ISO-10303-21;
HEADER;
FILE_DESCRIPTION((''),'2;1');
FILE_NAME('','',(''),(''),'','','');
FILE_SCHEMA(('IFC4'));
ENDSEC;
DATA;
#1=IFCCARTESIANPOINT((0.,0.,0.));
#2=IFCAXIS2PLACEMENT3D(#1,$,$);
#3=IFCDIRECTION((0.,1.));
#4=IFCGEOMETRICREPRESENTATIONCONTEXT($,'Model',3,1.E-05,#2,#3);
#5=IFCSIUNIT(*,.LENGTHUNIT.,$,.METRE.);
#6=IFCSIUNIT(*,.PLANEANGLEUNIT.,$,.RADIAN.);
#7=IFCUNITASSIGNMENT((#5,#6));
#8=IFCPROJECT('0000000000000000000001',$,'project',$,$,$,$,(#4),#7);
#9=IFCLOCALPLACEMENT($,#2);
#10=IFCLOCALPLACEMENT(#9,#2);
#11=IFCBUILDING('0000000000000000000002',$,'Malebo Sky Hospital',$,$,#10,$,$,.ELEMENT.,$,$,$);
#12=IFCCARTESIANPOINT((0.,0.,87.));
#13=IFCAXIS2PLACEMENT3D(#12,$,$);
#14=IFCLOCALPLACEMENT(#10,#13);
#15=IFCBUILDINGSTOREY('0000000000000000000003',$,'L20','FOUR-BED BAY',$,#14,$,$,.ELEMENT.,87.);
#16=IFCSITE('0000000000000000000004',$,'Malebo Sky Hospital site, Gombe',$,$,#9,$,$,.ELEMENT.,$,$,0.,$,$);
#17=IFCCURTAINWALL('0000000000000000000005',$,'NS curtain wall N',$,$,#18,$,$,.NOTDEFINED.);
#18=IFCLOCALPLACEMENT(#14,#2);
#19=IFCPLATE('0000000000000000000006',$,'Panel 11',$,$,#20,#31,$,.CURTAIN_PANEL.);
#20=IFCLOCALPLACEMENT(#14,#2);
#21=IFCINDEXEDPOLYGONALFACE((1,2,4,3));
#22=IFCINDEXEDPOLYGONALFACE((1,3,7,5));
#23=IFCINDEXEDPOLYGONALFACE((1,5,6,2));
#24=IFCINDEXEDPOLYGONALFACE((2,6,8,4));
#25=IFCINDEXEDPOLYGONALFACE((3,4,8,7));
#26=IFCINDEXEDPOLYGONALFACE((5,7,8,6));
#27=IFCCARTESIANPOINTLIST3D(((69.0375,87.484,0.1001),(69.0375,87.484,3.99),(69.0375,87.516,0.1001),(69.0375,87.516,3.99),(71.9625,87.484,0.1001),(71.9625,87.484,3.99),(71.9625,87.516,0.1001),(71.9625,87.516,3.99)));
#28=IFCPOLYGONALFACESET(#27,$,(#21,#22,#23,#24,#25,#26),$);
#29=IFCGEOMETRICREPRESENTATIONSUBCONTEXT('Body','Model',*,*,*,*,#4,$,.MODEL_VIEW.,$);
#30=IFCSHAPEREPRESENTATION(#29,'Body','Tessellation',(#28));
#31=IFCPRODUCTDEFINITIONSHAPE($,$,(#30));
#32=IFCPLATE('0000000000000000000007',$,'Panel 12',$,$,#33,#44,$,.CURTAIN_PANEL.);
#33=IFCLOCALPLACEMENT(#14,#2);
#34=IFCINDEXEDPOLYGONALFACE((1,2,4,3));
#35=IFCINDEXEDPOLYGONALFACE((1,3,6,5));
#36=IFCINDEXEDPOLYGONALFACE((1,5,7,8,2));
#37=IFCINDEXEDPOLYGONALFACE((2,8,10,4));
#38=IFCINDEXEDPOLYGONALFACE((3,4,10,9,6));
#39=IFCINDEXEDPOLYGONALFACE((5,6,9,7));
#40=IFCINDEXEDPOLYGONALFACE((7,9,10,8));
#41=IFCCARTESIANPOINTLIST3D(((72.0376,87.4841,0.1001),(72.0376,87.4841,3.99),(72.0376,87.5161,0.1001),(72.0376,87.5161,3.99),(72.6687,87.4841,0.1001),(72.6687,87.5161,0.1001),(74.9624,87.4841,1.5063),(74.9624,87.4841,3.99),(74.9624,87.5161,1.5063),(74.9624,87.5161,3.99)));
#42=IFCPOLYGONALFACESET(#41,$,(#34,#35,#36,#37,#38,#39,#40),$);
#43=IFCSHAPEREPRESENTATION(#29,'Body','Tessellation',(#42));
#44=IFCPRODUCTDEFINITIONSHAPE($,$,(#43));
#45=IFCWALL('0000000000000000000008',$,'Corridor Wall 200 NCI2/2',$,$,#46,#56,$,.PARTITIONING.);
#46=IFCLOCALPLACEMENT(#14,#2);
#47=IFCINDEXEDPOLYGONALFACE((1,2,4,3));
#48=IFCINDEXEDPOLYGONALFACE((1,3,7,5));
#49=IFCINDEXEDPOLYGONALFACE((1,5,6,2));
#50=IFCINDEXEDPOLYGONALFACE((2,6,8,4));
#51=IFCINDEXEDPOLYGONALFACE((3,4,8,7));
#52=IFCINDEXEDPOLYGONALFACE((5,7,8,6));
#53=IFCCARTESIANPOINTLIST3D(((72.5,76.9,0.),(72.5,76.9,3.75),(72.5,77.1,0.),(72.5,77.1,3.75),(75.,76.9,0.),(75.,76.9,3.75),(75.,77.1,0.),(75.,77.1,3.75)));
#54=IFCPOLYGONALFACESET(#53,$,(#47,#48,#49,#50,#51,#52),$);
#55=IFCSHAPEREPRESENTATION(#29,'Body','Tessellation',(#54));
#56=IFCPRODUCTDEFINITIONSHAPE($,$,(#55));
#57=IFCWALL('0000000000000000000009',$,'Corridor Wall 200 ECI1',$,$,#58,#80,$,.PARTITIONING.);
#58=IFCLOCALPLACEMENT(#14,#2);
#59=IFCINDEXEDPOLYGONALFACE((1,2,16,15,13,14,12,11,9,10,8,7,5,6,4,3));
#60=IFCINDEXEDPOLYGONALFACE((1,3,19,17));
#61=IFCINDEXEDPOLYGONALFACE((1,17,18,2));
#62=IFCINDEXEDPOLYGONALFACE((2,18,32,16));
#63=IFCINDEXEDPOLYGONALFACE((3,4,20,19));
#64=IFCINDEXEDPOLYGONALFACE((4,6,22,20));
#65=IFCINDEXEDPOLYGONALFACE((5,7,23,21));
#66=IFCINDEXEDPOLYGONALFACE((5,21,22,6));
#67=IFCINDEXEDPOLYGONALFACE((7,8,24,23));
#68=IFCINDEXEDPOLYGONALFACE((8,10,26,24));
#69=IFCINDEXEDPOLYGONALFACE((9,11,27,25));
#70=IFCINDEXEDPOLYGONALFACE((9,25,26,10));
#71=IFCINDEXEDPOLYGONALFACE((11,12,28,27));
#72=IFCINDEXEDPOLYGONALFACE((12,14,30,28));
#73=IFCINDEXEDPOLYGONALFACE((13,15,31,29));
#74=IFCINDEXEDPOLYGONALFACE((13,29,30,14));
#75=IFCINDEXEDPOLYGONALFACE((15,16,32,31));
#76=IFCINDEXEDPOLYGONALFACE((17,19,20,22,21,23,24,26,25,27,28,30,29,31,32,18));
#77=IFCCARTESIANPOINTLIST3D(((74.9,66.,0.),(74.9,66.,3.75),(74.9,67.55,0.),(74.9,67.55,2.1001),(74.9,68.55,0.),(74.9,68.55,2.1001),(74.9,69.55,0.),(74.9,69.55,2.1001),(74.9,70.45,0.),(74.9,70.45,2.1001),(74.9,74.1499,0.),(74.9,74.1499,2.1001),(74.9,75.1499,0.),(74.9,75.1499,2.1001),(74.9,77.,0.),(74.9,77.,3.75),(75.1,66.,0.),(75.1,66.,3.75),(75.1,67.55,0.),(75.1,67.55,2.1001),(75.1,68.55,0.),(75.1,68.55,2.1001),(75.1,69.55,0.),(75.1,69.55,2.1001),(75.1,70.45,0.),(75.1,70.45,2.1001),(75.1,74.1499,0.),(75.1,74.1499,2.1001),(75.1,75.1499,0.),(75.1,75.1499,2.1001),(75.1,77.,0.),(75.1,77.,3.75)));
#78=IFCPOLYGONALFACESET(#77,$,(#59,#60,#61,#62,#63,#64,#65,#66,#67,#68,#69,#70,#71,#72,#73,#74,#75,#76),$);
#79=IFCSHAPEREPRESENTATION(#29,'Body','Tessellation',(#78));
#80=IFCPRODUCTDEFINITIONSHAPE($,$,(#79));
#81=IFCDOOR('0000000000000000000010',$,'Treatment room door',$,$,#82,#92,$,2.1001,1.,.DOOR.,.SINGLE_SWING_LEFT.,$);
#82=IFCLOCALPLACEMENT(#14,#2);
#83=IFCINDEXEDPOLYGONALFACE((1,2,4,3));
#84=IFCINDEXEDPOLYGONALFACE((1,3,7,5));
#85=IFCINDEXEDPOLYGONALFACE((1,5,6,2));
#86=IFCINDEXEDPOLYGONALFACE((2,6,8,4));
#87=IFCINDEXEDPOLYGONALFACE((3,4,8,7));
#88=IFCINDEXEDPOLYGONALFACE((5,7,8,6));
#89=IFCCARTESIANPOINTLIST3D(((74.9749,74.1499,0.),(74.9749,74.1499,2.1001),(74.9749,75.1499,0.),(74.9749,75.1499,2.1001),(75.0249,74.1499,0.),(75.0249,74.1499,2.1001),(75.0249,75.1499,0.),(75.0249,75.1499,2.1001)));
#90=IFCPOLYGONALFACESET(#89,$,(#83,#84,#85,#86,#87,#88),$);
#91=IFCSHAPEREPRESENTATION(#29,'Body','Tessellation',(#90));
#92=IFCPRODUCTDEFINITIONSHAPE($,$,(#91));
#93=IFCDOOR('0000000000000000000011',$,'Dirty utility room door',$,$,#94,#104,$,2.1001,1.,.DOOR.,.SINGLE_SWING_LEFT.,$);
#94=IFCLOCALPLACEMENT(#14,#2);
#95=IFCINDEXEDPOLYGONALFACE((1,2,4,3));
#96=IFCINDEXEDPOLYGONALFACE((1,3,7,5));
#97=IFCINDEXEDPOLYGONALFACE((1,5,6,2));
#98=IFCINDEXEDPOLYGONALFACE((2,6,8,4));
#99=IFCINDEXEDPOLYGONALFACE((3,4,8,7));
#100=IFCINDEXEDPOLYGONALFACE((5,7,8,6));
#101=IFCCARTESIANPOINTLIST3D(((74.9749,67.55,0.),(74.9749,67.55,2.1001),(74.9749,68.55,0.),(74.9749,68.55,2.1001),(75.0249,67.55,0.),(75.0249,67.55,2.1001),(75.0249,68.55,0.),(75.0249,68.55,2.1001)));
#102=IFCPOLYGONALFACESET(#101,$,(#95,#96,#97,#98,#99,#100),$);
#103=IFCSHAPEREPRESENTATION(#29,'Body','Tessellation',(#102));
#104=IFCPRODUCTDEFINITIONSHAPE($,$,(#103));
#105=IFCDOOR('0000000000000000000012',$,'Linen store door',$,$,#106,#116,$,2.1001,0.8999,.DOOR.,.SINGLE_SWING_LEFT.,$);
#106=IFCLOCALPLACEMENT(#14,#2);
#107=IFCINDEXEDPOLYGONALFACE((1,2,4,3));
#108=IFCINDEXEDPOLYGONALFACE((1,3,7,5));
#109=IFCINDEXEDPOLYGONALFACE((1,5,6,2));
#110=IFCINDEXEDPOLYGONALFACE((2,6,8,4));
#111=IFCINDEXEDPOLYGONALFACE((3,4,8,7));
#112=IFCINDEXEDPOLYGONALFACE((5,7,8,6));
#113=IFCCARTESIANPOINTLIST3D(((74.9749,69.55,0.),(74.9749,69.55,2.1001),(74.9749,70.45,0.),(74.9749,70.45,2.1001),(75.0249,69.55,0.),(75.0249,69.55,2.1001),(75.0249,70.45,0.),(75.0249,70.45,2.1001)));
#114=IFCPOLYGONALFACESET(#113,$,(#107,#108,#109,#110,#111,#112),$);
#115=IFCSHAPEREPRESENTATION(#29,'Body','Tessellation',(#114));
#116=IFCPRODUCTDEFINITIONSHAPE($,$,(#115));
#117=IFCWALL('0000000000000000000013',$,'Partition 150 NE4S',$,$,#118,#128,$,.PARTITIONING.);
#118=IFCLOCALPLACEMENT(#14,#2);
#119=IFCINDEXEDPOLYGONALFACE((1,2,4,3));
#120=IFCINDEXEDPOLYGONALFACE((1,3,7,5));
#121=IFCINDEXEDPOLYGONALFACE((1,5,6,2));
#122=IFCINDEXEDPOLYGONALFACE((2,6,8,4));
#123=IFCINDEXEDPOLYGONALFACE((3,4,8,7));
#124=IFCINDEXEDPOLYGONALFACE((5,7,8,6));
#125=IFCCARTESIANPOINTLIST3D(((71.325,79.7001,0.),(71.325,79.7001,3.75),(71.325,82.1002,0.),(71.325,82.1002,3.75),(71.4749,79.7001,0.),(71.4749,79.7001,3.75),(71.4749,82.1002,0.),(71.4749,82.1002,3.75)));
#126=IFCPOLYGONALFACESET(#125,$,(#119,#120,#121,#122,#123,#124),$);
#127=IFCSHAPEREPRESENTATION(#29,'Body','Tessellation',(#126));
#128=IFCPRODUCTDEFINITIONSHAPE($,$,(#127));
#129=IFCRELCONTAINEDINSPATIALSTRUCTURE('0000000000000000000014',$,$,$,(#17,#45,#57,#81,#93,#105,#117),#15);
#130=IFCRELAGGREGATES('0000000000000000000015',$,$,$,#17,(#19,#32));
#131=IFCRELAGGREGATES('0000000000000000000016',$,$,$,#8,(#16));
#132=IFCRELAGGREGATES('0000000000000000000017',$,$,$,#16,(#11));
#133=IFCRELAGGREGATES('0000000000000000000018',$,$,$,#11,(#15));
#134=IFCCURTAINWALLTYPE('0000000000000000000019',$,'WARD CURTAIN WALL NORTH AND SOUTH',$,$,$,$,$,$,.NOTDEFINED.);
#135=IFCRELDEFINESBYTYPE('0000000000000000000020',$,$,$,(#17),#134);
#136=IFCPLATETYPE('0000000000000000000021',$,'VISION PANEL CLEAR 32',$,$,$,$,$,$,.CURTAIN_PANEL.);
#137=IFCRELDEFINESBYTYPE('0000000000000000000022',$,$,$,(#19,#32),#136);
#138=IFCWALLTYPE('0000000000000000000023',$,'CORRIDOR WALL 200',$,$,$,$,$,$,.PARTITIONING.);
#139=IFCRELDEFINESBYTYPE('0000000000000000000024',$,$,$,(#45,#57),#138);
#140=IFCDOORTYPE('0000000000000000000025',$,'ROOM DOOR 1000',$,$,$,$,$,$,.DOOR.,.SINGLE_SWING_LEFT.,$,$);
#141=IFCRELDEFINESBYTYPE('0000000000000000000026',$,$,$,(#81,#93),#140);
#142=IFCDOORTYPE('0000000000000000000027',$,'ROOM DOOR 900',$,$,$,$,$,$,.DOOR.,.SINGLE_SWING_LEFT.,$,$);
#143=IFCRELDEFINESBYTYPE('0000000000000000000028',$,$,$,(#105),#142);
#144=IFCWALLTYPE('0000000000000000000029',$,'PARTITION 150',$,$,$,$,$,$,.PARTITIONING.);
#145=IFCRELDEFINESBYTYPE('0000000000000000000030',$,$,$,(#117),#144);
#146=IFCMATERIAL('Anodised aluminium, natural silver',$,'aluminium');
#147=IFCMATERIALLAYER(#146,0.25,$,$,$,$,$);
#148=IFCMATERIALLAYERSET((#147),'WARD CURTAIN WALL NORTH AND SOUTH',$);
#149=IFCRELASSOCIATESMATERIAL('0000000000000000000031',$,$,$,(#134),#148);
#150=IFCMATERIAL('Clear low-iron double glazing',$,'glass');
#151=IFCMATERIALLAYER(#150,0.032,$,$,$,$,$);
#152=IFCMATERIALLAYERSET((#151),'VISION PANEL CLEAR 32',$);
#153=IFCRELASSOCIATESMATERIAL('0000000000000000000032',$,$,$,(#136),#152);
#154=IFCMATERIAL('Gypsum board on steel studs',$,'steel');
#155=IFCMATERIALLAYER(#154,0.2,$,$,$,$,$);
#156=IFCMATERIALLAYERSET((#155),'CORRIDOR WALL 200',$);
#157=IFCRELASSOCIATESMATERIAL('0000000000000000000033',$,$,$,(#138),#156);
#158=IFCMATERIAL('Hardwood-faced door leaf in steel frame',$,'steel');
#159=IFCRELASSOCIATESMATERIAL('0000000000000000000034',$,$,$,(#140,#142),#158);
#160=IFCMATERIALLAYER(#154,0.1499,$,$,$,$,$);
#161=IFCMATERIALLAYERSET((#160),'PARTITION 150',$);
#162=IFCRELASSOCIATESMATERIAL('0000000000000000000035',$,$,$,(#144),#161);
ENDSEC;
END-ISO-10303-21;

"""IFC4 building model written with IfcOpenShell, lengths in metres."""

from ifc_helpers import new_model, si_unit, direction, frame, frame_2d, origin, origin_2d, place, context, subcontext, project, spatial, polyline, rectangle, outline, extrude, material, layer, layer_set, type_object, element, fill, aggregate, save


model = new_model("IFC4")

# Units and contexts
model_context = context("Model", 3, precision=1e-05, world=origin(), true_north=direction((0.0, 1.0)))
body_context = subcontext(model_context, "Body", "Model", "MODEL_VIEW")
ifc_project = project(units=[si_unit("LENGTHUNIT", "METRE"), si_unit("PLANEANGLEUNIT", "RADIAN")], contexts=[model_context])

# Site, building, storey
site_placement = place(None, origin())
site = spatial("IfcSite", under=ifc_project, at=site_placement, Name="Malebo Sky Hospital site, Gombe", CompositionType="ELEMENT", RefElevation=0.0)
building_placement = place(site_placement, origin())
building = spatial("IfcBuilding", under=site, at=building_placement, Name="Malebo Sky Hospital", CompositionType="ELEMENT")
storey_placement = place(building_placement, frame((0.0, 0.0, 87.0)))
storey = spatial("IfcBuildingStorey", under=building, at=storey_placement, Name="L20", Description="FOUR-BED BAY", CompositionType="ELEMENT", Elevation=87.0)

# Curtain wall
ifc_material_1 = material(Name="Anodised aluminium, natural silver", Category="aluminium")
ifc_layer_1 = layer(ifc_material_1, 0.25)
ifc_layer_set_1 = layer_set([ifc_layer_1], Name="WARD CURTAIN WALL NORTH AND SOUTH")
curtain_wall_type = type_object("IfcCurtainWallType", Name="WARD CURTAIN WALL NORTH AND SOUTH", PredefinedType="NOTDEFINED", material=ifc_layer_set_1)
curtain_wall_placement = place(storey_placement, origin())
curtain_wall = element("IfcCurtainWall", 1, at=curtain_wall_placement, inside=storey, type_object=curtain_wall_type, Name="NS curtain wall N", PredefinedType="NOTDEFINED")

# Plates
ifc_material_2 = material(Name="Clear low-iron double glazing", Category="glass")
ifc_layer_2 = layer(ifc_material_2, 0.032)
ifc_layer_set_2 = layer_set([ifc_layer_2], Name="VISION PANEL CLEAR 32")
plate_type = type_object("IfcPlateType", Name="VISION PANEL CLEAR 32", PredefinedType="CURTAIN_PANEL", material=ifc_layer_set_2)
plate_1_placement = place(storey_placement, frame((70.5, 87.5, 0.1001), z_axis=(0.0, 0.0, 1.0), x_axis=(1.0, 0.0, 0.0)))
plate_1 = element("IfcPlate", 2, at=plate_1_placement, type_object=plate_type, Name="Panel 11", PredefinedType="CURTAIN_PANEL", context=body_context, shape_type="SweptSolid", body=[
    extrude(rectangle(XDim=2.925, YDim=0.032, at=origin_2d()), origin(), (0.0, 0.0, 1.0), 3.8899),
])
plate_2_placement = place(storey_placement, frame((73.5, 87.5, 0.1001), z_axis=(0.0, 0.0, 1.0), x_axis=(1.0, 0.0, 0.0)))
plate_2 = element("IfcPlate", 3, at=plate_2_placement, type_object=plate_type, Name="Panel 12", PredefinedType="CURTAIN_PANEL", context=body_context, shape_type="SweptSolid", body=[
    extrude(outline(polyline([(-1.4624, 0.0), (-0.8313, 0.0), (1.4624, 1.4062), (1.4624, 3.8899), (-1.4624, 3.8899), (-1.4624, 0.0)])), frame((0.0, 0.0161, 0.0), z_axis=(0.0, -1.0, 0.0), x_axis=(1.0, 0.0, 0.0)), (0.0, 0.0, 1.0), 0.032),
])
aggregate(curtain_wall, [plate_1, plate_2])

# Wall
ifc_material_3 = material(Name="Gypsum board on steel studs", Category="steel")
ifc_layer_3 = layer(ifc_material_3, 0.2)
ifc_layer_set_3 = layer_set([ifc_layer_3], Name="CORRIDOR WALL 200")
wall_type_1 = type_object("IfcWallType", Name="CORRIDOR WALL 200", PredefinedType="PARTITIONING", material=ifc_layer_set_3)
wall_1_placement = place(storey_placement, frame((72.5, 77.0, 0.0), z_axis=(0.0, 0.0, 1.0), x_axis=(1.0, 0.0, 0.0)))
element("IfcWall", 4, at=wall_1_placement, inside=storey, type_object=wall_type_1, Name="Corridor Wall 200 NCI2/2", PredefinedType="PARTITIONING", context=body_context, shape_type="SweptSolid", body=[
    extrude(rectangle(XDim=2.5, YDim=0.2, at=frame_2d((1.25, 0.0))), origin(), (0.0, 0.0, 1.0), 3.75),
])

# Wall, openings, doors
wall_2_placement = place(storey_placement, frame((75.0, 77.0, 0.0), z_axis=(0.0, 0.0, 1.0), x_axis=(0.0, -1.0, 0.0)))
wall_2 = element("IfcWall", 5, at=wall_2_placement, inside=storey, type_object=wall_type_1, Name="Corridor Wall 200 ECI1", PredefinedType="PARTITIONING", context=body_context, shape_type="SweptSolid", body=[
    extrude(rectangle(XDim=11.0, YDim=0.2, at=frame_2d((5.5, 0.0))), origin(), (0.0, 0.0, 1.0), 3.75),
])
opening_1_placement = place(wall_2_placement, frame((1.8501, 0.0, 0.0)))
opening_1 = element("IfcOpeningElement", 6, at=opening_1_placement, cuts=wall_2, PredefinedType="OPENING", context=body_context, shape_type="SweptSolid", body=[
    extrude(rectangle(XDim=1.0, YDim=2.1001, at=frame_2d((0.5, 1.05))), frame((0.0, 0.1099, 0.0), z_axis=(0.0, -1.0, 0.0), x_axis=(1.0, 0.0, 0.0)), (0.0, 0.0, 1.0), 0.22),
])
opening_2_placement = place(wall_2_placement, frame((6.55, 0.0, 0.0)))
opening_2 = element("IfcOpeningElement", 7, at=opening_2_placement, cuts=wall_2, PredefinedType="OPENING", context=body_context, shape_type="SweptSolid", body=[
    extrude(rectangle(XDim=0.8999, YDim=2.1001, at=frame_2d((0.45, 1.05))), frame((0.0, 0.1099, 0.0), z_axis=(0.0, -1.0, 0.0), x_axis=(1.0, 0.0, 0.0)), (0.0, 0.0, 1.0), 0.22),
])
opening_3_placement = place(wall_2_placement, frame((8.45, 0.0, 0.0)))
opening_3 = element("IfcOpeningElement", 8, at=opening_3_placement, cuts=wall_2, PredefinedType="OPENING", context=body_context, shape_type="SweptSolid", body=[
    extrude(rectangle(XDim=1.0, YDim=2.1001, at=frame_2d((0.5, 1.05))), frame((0.0, 0.1099, 0.0), z_axis=(0.0, -1.0, 0.0), x_axis=(1.0, 0.0, 0.0)), (0.0, 0.0, 1.0), 0.22),
])
ifc_material_4 = material(Name="Hardwood-faced door leaf in steel frame", Category="steel")
door_type_1 = type_object("IfcDoorType", Name="ROOM DOOR 1000", OperationType="SINGLE_SWING_LEFT", PredefinedType="DOOR", material=ifc_material_4)
door_1_placement = place(opening_1_placement, origin())
door_1 = element("IfcDoor", 9, at=door_1_placement, inside=storey, type_object=door_type_1, Name="Treatment room door", OperationType="SINGLE_SWING_LEFT", OverallHeight=2.1001, OverallWidth=1.0, PredefinedType="DOOR", context=body_context, shape_type="SweptSolid", body=[
    extrude(rectangle(XDim=1.0, YDim=2.1001, at=frame_2d((0.5, 1.05))), frame((0.0, 0.0249, 0.0), z_axis=(0.0, -1.0, 0.0), x_axis=(1.0, 0.0, 0.0)), (0.0, 0.0, 1.0), 0.05),
])
fill(opening_1, door_1)
door_2_placement = place(opening_3_placement, origin())
door_2 = element("IfcDoor", 10, at=door_2_placement, inside=storey, type_object=door_type_1, Name="Dirty utility room door", OperationType="SINGLE_SWING_LEFT", OverallHeight=2.1001, OverallWidth=1.0, PredefinedType="DOOR", context=body_context, shape_type="SweptSolid", body=[
    extrude(rectangle(XDim=1.0, YDim=2.1001, at=frame_2d((0.5, 1.05))), frame((0.0, 0.0249, 0.0), z_axis=(0.0, -1.0, 0.0), x_axis=(1.0, 0.0, 0.0)), (0.0, 0.0, 1.0), 0.05),
])
fill(opening_3, door_2)
door_type_2 = type_object("IfcDoorType", Name="ROOM DOOR 900", OperationType="SINGLE_SWING_LEFT", PredefinedType="DOOR", material=ifc_material_4)
door_3_placement = place(opening_2_placement, origin())
door_3 = element("IfcDoor", 11, at=door_3_placement, inside=storey, type_object=door_type_2, Name="Linen store door", OperationType="SINGLE_SWING_LEFT", OverallHeight=2.1001, OverallWidth=0.8999, PredefinedType="DOOR", context=body_context, shape_type="SweptSolid", body=[
    extrude(rectangle(XDim=0.8999, YDim=2.1001, at=frame_2d((0.45, 1.05))), frame((0.0, 0.0249, 0.0), z_axis=(0.0, -1.0, 0.0), x_axis=(1.0, 0.0, 0.0)), (0.0, 0.0, 1.0), 0.05),
])
fill(opening_2, door_3)

# Wall
ifc_layer_4 = layer(ifc_material_3, 0.1499)
ifc_layer_set_4 = layer_set([ifc_layer_4], Name="PARTITION 150")
wall_type_2 = type_object("IfcWallType", Name="PARTITION 150", PredefinedType="PARTITIONING", material=ifc_layer_set_4)
wall_3_placement = place(storey_placement, frame((71.3999, 79.7, 0.0), z_axis=(0.0, 0.0, 1.0), x_axis=(0.0, 1.0, 0.0)))
element("IfcWall", 12, at=wall_3_placement, inside=storey, type_object=wall_type_2, Name="Partition 150 NE4S", PredefinedType="PARTITIONING", context=body_context, shape_type="SweptSolid", body=[
    extrude(rectangle(XDim=2.4001, YDim=0.1499, at=frame_2d((1.2002, 0.0))), origin(), (0.0, 0.0, 1.0), 3.75),
])

save(model, "model.ifc")
